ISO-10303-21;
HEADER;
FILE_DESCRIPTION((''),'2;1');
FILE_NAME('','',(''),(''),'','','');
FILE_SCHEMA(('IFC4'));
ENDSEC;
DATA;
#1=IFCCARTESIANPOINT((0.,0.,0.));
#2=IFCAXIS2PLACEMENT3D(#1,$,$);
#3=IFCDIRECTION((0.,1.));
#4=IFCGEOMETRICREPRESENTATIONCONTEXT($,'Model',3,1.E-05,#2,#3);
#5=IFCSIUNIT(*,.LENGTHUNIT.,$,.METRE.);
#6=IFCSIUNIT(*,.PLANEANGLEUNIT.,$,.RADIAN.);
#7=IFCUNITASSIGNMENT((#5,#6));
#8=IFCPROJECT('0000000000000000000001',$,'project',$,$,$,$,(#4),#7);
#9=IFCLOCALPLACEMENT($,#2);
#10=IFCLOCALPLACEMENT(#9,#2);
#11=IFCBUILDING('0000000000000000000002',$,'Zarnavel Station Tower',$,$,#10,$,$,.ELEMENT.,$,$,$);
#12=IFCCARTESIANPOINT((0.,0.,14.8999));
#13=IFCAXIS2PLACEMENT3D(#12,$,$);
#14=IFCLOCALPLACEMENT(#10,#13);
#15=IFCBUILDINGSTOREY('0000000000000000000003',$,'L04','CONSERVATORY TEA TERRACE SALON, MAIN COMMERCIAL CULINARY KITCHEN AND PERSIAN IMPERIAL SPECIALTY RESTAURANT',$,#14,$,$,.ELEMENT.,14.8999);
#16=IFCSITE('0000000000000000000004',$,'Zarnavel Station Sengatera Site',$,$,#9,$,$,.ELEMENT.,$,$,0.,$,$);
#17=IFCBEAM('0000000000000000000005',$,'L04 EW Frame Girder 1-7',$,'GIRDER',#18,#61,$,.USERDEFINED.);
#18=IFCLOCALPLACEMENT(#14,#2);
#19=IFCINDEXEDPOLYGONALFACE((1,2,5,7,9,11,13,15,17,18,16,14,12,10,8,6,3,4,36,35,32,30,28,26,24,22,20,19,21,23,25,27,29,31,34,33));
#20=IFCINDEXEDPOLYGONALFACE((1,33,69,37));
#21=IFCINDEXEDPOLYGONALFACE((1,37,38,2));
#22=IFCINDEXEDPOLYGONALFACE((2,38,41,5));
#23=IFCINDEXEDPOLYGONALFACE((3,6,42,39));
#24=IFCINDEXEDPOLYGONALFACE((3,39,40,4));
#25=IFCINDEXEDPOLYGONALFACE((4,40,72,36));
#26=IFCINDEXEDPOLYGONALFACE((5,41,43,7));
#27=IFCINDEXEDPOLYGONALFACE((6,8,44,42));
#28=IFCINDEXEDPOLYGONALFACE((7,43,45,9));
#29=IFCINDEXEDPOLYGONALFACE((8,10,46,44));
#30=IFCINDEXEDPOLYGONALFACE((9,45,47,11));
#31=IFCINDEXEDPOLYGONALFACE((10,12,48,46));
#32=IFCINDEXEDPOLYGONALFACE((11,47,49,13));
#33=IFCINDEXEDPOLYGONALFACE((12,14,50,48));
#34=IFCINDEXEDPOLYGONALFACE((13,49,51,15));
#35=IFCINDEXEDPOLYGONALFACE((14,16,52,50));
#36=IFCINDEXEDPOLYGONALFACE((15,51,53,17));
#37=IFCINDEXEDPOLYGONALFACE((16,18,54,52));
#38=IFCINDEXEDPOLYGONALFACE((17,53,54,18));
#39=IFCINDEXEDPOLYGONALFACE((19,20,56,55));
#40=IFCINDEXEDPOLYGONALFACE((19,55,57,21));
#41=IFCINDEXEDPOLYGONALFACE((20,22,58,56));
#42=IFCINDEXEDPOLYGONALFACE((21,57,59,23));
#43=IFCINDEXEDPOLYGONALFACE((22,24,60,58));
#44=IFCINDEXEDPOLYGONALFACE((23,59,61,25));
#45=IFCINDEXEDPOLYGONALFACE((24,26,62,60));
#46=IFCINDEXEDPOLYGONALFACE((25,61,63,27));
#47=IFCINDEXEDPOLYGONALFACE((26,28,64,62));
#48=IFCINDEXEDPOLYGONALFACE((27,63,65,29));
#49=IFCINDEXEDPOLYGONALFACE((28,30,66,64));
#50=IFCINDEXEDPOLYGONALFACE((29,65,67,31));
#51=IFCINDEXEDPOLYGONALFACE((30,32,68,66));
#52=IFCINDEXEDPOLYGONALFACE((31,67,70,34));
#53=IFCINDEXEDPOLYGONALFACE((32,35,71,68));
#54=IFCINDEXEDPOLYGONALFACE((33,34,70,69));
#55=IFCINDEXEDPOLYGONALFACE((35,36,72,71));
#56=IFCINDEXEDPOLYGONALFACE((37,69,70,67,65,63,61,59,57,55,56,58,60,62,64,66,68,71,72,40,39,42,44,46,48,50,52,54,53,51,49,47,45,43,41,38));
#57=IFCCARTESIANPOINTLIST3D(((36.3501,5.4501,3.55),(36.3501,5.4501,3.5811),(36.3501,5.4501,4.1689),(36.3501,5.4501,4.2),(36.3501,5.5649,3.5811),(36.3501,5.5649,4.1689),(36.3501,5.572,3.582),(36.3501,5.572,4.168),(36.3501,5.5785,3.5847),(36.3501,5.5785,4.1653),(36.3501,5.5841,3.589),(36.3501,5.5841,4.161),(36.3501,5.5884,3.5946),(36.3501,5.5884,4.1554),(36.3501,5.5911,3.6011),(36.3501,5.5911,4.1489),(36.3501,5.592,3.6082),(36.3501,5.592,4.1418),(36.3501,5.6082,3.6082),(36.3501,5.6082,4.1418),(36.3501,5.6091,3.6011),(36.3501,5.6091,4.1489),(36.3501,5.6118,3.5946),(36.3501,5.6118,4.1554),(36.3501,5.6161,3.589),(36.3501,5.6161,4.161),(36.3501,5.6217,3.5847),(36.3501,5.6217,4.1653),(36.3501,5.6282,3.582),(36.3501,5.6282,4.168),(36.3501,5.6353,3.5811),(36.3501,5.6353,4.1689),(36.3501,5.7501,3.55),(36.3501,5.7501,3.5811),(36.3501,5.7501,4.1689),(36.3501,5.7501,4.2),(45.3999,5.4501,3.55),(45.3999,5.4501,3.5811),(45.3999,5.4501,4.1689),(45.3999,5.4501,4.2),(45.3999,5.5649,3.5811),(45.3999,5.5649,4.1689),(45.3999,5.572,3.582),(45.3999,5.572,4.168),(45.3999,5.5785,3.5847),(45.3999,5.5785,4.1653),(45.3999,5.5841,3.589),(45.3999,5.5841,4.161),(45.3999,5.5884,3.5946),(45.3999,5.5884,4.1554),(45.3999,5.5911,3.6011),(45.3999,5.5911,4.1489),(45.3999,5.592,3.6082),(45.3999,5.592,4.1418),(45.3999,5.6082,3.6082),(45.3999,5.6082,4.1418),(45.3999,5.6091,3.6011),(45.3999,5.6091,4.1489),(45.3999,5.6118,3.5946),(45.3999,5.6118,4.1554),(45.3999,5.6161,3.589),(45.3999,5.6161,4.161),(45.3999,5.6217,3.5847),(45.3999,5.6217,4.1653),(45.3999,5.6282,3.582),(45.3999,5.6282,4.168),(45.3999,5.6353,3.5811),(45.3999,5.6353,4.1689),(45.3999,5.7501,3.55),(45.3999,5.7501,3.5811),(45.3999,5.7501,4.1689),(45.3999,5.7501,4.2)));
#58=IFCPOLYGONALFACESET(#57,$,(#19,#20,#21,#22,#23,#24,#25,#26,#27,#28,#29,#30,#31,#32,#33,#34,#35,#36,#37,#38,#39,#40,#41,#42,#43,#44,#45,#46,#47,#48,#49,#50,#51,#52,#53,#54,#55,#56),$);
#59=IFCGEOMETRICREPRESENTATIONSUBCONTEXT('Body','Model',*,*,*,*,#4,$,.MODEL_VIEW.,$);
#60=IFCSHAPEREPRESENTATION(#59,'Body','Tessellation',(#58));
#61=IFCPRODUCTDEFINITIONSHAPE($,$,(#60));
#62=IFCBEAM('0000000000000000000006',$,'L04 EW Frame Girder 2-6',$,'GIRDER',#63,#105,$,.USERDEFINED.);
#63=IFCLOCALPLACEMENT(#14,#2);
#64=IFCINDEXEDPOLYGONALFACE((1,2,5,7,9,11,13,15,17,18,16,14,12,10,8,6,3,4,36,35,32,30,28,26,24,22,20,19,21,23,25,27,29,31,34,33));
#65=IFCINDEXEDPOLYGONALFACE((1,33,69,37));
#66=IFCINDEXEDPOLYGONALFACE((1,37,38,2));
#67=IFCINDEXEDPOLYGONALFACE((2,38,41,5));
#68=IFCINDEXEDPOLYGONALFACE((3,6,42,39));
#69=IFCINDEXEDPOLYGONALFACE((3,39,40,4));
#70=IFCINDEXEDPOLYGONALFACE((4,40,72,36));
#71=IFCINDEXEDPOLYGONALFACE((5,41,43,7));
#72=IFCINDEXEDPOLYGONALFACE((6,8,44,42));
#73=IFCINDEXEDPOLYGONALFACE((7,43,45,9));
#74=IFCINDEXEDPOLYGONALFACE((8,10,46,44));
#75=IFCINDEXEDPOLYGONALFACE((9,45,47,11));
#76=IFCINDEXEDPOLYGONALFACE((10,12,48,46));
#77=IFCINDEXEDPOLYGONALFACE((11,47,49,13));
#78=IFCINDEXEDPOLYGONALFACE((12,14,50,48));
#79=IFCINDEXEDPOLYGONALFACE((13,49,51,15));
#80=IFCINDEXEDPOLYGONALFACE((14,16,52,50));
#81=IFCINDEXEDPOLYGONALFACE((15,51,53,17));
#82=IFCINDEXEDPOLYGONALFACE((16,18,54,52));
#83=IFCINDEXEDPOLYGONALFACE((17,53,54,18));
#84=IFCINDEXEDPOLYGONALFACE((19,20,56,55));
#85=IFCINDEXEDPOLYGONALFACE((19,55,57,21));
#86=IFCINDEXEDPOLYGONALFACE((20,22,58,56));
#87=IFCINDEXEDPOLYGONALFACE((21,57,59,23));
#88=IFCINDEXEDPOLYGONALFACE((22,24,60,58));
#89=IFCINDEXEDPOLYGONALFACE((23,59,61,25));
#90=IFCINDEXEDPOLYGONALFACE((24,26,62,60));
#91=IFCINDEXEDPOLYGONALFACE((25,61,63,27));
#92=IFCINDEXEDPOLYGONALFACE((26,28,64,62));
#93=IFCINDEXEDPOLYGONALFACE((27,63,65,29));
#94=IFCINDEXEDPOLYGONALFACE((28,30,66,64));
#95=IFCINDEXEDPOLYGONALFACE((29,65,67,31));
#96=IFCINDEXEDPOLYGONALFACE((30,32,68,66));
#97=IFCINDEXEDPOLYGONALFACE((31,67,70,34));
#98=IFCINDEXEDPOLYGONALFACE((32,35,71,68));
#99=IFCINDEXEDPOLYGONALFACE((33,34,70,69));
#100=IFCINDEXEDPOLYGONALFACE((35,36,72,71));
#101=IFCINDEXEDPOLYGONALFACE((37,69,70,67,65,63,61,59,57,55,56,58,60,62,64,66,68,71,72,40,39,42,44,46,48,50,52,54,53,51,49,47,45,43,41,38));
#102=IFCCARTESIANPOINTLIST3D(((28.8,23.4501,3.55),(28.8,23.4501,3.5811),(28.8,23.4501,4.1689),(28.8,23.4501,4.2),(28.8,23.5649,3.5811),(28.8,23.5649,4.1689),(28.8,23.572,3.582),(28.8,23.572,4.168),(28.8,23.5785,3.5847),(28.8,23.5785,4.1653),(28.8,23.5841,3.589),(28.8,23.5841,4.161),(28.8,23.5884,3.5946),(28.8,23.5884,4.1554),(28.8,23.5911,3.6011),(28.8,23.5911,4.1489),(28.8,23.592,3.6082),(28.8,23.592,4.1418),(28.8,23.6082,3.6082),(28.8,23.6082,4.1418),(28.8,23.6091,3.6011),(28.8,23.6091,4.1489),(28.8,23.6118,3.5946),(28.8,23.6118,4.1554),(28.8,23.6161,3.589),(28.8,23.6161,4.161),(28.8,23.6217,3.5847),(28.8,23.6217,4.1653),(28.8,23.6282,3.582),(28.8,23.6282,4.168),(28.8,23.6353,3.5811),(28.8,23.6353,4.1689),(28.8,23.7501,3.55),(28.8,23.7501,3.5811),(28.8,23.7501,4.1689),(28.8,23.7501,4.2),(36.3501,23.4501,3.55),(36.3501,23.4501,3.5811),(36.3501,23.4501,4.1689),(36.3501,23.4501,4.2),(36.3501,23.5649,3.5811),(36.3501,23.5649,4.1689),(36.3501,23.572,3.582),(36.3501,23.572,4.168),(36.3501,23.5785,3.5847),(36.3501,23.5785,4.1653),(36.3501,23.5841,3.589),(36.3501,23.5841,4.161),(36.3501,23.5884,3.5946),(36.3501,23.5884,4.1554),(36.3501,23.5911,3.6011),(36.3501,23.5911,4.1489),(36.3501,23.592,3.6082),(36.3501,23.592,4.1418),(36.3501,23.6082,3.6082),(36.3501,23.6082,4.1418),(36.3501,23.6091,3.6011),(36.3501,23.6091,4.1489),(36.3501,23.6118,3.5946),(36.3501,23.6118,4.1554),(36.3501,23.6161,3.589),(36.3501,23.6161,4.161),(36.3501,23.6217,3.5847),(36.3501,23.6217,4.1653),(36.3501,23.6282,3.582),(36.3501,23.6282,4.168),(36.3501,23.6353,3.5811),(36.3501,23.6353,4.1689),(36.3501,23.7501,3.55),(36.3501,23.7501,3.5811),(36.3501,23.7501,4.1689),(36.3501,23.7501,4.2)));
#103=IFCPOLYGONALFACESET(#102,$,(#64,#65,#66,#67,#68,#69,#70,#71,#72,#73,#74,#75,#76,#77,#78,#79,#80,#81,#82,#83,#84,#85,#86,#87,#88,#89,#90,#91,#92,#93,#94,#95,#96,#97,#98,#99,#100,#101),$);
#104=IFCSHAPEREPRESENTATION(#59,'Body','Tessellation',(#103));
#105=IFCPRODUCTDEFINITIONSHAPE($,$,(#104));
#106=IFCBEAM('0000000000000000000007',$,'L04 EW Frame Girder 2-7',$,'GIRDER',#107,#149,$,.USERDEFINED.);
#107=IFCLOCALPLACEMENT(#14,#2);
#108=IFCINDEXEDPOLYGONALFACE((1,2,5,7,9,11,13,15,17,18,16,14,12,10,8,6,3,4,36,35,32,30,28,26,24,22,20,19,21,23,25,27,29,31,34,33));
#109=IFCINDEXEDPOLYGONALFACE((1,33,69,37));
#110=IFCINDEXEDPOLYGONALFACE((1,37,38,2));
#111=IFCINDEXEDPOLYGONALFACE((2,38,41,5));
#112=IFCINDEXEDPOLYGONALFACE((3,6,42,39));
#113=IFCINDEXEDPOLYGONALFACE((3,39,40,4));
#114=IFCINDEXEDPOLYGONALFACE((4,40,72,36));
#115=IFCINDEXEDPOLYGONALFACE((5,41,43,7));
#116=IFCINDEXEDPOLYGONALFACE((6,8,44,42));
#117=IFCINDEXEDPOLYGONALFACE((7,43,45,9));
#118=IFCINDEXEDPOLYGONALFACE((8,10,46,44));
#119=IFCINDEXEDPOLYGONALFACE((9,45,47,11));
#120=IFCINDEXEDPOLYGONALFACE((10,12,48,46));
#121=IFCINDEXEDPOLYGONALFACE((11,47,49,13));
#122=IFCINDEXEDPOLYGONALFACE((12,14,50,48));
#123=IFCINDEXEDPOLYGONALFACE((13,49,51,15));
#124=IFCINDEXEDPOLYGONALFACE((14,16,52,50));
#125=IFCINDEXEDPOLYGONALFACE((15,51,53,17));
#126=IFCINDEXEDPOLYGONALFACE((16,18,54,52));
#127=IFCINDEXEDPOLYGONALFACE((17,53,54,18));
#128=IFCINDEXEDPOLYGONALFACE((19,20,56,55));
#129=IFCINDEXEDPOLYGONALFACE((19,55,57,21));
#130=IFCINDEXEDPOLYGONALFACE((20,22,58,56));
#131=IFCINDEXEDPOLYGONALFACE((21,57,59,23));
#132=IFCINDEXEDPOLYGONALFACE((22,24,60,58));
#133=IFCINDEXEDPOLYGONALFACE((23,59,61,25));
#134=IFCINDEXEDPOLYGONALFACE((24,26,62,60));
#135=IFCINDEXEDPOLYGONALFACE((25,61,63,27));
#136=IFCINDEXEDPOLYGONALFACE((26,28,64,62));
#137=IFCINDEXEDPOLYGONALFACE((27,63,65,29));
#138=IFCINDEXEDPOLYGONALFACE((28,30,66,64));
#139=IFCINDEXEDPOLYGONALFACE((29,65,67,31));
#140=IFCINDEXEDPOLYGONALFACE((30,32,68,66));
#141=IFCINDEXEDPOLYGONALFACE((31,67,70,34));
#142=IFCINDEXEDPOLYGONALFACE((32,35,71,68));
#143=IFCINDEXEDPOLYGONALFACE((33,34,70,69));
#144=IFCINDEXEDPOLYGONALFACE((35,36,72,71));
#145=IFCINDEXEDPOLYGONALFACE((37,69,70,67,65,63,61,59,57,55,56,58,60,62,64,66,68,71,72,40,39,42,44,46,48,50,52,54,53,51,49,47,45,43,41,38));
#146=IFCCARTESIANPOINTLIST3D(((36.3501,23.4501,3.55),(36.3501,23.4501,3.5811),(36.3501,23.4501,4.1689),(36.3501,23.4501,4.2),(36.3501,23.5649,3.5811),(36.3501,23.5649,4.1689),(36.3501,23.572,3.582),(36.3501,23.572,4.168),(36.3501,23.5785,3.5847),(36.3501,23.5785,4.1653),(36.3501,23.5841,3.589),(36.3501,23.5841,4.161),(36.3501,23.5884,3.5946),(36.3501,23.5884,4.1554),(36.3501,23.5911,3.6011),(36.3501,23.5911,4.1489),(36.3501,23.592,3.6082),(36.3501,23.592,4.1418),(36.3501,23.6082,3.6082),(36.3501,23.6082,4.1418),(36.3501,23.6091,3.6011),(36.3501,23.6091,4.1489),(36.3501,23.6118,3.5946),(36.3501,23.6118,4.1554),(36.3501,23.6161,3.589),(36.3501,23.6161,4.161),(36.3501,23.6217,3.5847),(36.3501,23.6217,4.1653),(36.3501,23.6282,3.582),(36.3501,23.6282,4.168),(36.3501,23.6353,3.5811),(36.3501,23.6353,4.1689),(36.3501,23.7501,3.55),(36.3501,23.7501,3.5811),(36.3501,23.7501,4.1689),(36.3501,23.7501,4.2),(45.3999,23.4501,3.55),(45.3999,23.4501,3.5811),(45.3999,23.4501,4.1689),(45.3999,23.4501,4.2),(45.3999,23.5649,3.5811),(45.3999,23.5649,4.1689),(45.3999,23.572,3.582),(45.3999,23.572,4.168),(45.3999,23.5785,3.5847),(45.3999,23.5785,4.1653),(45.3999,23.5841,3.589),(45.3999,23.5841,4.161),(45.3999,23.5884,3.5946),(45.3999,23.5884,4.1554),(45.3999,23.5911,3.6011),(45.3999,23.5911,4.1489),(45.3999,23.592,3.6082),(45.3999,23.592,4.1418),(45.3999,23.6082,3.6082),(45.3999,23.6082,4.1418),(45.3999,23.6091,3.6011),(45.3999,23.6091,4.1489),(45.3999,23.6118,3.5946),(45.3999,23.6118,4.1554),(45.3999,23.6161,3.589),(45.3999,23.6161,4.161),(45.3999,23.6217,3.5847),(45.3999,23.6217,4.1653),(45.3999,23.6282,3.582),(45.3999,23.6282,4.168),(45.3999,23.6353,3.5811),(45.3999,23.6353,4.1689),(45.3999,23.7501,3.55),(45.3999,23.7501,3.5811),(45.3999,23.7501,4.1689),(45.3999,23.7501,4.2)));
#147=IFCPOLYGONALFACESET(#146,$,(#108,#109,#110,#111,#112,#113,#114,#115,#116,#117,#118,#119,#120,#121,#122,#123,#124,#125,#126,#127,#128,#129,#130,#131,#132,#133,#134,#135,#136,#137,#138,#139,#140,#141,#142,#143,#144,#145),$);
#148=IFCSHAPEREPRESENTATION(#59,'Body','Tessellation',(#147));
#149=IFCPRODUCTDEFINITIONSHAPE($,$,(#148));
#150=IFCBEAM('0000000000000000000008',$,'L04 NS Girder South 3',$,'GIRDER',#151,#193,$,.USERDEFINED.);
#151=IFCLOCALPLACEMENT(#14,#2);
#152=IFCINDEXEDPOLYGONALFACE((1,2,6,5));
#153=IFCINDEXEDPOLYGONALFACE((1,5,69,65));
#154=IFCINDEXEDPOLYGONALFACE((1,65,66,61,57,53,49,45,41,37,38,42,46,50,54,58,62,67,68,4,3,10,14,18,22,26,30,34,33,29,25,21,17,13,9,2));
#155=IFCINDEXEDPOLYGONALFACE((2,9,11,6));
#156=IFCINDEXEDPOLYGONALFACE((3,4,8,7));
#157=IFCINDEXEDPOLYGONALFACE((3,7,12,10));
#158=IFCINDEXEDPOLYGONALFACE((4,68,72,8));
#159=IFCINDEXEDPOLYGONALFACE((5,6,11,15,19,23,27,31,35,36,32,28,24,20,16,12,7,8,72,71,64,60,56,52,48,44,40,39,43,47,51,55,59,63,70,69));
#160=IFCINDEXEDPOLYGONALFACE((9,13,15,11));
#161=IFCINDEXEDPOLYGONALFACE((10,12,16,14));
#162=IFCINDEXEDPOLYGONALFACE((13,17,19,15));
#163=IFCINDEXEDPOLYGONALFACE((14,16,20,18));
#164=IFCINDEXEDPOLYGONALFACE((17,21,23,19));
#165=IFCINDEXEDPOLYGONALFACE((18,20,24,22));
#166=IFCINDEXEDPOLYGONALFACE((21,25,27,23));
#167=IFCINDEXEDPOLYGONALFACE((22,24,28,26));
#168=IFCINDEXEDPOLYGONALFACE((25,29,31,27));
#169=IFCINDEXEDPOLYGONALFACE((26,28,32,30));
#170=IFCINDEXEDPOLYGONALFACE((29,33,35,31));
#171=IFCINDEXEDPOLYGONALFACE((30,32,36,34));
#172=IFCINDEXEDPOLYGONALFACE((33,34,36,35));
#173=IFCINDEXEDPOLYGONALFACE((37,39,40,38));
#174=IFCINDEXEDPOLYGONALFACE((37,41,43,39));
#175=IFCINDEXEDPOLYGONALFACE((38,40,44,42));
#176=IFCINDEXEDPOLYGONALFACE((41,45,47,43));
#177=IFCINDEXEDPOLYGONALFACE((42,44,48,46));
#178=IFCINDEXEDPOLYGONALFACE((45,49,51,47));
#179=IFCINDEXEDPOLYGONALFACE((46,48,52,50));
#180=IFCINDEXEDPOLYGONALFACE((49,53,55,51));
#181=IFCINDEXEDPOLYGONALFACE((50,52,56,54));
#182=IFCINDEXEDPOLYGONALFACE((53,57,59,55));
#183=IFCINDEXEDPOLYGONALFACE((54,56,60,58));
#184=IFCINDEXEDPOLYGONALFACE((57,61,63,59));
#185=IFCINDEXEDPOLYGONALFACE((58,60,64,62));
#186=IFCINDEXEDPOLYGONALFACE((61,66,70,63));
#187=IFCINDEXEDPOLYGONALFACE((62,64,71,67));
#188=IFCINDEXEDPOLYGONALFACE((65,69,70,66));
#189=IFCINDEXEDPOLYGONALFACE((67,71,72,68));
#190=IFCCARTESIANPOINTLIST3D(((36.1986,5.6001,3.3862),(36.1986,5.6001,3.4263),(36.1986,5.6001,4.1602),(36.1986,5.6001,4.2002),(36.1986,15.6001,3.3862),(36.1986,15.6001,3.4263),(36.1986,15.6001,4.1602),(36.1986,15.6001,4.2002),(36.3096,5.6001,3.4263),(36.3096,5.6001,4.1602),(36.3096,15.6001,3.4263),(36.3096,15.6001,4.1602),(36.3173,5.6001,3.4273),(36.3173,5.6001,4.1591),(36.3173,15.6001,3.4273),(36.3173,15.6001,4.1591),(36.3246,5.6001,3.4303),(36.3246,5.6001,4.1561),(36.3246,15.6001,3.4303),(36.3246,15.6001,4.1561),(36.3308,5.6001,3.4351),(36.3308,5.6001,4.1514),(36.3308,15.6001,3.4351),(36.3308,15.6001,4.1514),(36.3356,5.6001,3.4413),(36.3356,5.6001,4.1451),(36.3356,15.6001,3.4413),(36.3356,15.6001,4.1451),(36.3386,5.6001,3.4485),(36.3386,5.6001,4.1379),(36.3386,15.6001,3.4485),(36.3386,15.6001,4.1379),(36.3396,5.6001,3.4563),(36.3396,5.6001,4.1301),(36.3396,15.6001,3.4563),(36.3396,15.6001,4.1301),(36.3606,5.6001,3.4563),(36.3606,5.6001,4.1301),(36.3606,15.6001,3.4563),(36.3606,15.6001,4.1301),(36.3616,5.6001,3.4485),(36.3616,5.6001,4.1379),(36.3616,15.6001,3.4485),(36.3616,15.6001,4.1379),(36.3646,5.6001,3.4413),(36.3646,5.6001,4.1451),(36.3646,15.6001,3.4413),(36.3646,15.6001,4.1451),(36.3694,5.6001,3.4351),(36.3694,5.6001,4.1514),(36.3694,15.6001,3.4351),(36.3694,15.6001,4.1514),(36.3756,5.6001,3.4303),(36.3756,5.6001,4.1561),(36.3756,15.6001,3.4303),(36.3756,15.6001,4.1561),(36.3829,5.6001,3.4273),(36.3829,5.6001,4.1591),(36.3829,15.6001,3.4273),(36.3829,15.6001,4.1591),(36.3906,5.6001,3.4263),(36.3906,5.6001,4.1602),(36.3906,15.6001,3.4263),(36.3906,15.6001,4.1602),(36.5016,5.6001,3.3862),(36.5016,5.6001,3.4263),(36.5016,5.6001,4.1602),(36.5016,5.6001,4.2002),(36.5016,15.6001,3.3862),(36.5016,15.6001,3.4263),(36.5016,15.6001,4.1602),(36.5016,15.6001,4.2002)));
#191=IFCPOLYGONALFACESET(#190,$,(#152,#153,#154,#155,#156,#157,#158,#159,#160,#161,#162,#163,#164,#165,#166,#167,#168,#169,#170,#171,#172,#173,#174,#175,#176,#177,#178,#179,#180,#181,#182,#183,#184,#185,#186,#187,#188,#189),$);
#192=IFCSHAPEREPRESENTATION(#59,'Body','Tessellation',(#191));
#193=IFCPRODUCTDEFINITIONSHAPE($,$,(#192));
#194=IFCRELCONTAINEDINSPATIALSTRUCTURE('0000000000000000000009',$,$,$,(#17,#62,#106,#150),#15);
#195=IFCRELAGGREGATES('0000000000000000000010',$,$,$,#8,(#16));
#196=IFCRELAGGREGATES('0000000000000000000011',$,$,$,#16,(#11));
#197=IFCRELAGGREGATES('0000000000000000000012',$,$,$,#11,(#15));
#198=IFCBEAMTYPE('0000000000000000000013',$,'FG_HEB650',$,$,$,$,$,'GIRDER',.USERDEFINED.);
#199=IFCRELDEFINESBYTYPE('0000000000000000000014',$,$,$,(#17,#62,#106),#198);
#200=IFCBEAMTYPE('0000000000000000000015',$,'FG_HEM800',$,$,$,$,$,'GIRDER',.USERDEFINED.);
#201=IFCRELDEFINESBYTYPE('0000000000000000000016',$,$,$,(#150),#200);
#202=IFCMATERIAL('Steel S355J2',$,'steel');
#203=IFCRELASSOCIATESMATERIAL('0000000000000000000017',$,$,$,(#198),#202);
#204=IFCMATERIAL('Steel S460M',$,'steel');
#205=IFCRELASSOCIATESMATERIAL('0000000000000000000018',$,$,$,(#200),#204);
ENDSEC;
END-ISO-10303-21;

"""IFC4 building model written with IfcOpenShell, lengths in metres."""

from ifc_helpers import new_model, si_unit, direction, frame, origin, origin_2d, place, context, subcontext, project, spatial, i_section, extrude, material, material_profile, profile_set, type_object, element, save


model = new_model("IFC4")

# Units and contexts
model_context = context("Model", 3, precision=1e-05, world=origin(), true_north=direction((0.0, 1.0)))
body_context = subcontext(model_context, "Body", "Model", "MODEL_VIEW")
ifc_project = project(units=[si_unit("LENGTHUNIT", "METRE"), si_unit("PLANEANGLEUNIT", "RADIAN")], contexts=[model_context])

# Site, building, storey
site_placement = place(None, origin())
site = spatial("IfcSite", under=ifc_project, at=site_placement, Name="Zarnavel Station Sengatera Site", CompositionType="ELEMENT", RefElevation=0.0)
building_placement = place(site_placement, origin())
building = spatial("IfcBuilding", under=site, at=building_placement, Name="Zarnavel Station Tower", CompositionType="ELEMENT")
storey_placement = place(building_placement, frame((0.0, 0.0, 14.8999)))
storey = spatial("IfcBuildingStorey", under=building, at=storey_placement, Name="L04", Description="CONSERVATORY TEA TERRACE SALON, MAIN COMMERCIAL CULINARY KITCHEN AND PERSIAN IMPERIAL SPECIALTY RESTAURANT", CompositionType="ELEMENT", Elevation=14.8999)

# Beams
ifc_material_1 = material(Name="Steel S355J2", Category="steel")
ifc_material_profile_1 = material_profile(ifc_material_1, i_section(OverallWidth=0.3, OverallDepth=0.6499, WebThickness=0.0161, FlangeThickness=0.031, FilletRadius=0.0271, at=origin_2d()), Name="HEB650")
ifc_profile_set_1 = profile_set([ifc_material_profile_1], Name="Steel S355J2")
beam_type_1 = type_object("IfcBeamType", Name="FG_HEB650", ElementType="GIRDER", PredefinedType="USERDEFINED", material=ifc_profile_set_1)
beam_1_placement = place(storey_placement, frame((36.3501, 5.6001, 3.875), z_axis=(1.0, 0.0, 0.0), x_axis=(0.0, 1.0, 0.0)))
element("IfcBeam", 1, at=beam_1_placement, inside=storey, type_object=beam_type_1, Name="L04 EW Frame Girder 1-7", ObjectType="GIRDER", PredefinedType="USERDEFINED", context=body_context, shape_type="SweptSolid", body=[
    extrude(i_section(OverallWidth=0.3, OverallDepth=0.6499, WebThickness=0.0161, FlangeThickness=0.031, FilletRadius=0.0271, at=origin_2d()), origin(), (0.0, 0.0, 1.0), 9.0498),
])
beam_2_placement = place(storey_placement, frame((28.8, 23.6001, 3.875), z_axis=(1.0, 0.0, 0.0), x_axis=(0.0, 1.0, 0.0)))
element("IfcBeam", 2, at=beam_2_placement, inside=storey, type_object=beam_type_1, Name="L04 EW Frame Girder 2-6", ObjectType="GIRDER", PredefinedType="USERDEFINED", context=body_context, shape_type="SweptSolid", body=[
    extrude(i_section(OverallWidth=0.3, OverallDepth=0.6499, WebThickness=0.0161, FlangeThickness=0.031, FilletRadius=0.0271, at=origin_2d()), origin(), (0.0, 0.0, 1.0), 7.55),
])
beam_3_placement = place(storey_placement, frame((36.3501, 23.6001, 3.875), z_axis=(1.0, 0.0, 0.0), x_axis=(0.0, 1.0, 0.0)))
element("IfcBeam", 3, at=beam_3_placement, inside=storey, type_object=beam_type_1, Name="L04 EW Frame Girder 2-7", ObjectType="GIRDER", PredefinedType="USERDEFINED", context=body_context, shape_type="SweptSolid", body=[
    extrude(i_section(OverallWidth=0.3, OverallDepth=0.6499, WebThickness=0.0161, FlangeThickness=0.031, FilletRadius=0.0271, at=origin_2d()), origin(), (0.0, 0.0, 1.0), 9.0498),
])
ifc_material_2 = material(Name="Steel S460M", Category="steel")
ifc_material_profile_2 = material_profile(ifc_material_2, i_section(OverallWidth=0.303, OverallDepth=0.814, WebThickness=0.021, FlangeThickness=0.04, FilletRadius=0.03, at=origin_2d()), Name="HEM800")
ifc_profile_set_2 = profile_set([ifc_material_profile_2], Name="Steel S460M")
beam_type_2 = type_object("IfcBeamType", Name="FG_HEM800", ElementType="GIRDER", PredefinedType="USERDEFINED", material=ifc_profile_set_2)
beam_4_placement = place(storey_placement, frame((36.3501, 5.6001, 3.7932), z_axis=(0.0, 1.0, 0.0), x_axis=(-1.0, 0.0, 0.0)))
element("IfcBeam", 4, at=beam_4_placement, inside=storey, type_object=beam_type_2, Name="L04 NS Girder South 3", ObjectType="GIRDER", PredefinedType="USERDEFINED", context=body_context, shape_type="SweptSolid", body=[
    extrude(i_section(OverallWidth=0.303, OverallDepth=0.814, WebThickness=0.021, FlangeThickness=0.04, FilletRadius=0.03, at=origin_2d()), origin(), (0.0, 0.0, 1.0), 10.0),
])

save(model, "model.ifc")
